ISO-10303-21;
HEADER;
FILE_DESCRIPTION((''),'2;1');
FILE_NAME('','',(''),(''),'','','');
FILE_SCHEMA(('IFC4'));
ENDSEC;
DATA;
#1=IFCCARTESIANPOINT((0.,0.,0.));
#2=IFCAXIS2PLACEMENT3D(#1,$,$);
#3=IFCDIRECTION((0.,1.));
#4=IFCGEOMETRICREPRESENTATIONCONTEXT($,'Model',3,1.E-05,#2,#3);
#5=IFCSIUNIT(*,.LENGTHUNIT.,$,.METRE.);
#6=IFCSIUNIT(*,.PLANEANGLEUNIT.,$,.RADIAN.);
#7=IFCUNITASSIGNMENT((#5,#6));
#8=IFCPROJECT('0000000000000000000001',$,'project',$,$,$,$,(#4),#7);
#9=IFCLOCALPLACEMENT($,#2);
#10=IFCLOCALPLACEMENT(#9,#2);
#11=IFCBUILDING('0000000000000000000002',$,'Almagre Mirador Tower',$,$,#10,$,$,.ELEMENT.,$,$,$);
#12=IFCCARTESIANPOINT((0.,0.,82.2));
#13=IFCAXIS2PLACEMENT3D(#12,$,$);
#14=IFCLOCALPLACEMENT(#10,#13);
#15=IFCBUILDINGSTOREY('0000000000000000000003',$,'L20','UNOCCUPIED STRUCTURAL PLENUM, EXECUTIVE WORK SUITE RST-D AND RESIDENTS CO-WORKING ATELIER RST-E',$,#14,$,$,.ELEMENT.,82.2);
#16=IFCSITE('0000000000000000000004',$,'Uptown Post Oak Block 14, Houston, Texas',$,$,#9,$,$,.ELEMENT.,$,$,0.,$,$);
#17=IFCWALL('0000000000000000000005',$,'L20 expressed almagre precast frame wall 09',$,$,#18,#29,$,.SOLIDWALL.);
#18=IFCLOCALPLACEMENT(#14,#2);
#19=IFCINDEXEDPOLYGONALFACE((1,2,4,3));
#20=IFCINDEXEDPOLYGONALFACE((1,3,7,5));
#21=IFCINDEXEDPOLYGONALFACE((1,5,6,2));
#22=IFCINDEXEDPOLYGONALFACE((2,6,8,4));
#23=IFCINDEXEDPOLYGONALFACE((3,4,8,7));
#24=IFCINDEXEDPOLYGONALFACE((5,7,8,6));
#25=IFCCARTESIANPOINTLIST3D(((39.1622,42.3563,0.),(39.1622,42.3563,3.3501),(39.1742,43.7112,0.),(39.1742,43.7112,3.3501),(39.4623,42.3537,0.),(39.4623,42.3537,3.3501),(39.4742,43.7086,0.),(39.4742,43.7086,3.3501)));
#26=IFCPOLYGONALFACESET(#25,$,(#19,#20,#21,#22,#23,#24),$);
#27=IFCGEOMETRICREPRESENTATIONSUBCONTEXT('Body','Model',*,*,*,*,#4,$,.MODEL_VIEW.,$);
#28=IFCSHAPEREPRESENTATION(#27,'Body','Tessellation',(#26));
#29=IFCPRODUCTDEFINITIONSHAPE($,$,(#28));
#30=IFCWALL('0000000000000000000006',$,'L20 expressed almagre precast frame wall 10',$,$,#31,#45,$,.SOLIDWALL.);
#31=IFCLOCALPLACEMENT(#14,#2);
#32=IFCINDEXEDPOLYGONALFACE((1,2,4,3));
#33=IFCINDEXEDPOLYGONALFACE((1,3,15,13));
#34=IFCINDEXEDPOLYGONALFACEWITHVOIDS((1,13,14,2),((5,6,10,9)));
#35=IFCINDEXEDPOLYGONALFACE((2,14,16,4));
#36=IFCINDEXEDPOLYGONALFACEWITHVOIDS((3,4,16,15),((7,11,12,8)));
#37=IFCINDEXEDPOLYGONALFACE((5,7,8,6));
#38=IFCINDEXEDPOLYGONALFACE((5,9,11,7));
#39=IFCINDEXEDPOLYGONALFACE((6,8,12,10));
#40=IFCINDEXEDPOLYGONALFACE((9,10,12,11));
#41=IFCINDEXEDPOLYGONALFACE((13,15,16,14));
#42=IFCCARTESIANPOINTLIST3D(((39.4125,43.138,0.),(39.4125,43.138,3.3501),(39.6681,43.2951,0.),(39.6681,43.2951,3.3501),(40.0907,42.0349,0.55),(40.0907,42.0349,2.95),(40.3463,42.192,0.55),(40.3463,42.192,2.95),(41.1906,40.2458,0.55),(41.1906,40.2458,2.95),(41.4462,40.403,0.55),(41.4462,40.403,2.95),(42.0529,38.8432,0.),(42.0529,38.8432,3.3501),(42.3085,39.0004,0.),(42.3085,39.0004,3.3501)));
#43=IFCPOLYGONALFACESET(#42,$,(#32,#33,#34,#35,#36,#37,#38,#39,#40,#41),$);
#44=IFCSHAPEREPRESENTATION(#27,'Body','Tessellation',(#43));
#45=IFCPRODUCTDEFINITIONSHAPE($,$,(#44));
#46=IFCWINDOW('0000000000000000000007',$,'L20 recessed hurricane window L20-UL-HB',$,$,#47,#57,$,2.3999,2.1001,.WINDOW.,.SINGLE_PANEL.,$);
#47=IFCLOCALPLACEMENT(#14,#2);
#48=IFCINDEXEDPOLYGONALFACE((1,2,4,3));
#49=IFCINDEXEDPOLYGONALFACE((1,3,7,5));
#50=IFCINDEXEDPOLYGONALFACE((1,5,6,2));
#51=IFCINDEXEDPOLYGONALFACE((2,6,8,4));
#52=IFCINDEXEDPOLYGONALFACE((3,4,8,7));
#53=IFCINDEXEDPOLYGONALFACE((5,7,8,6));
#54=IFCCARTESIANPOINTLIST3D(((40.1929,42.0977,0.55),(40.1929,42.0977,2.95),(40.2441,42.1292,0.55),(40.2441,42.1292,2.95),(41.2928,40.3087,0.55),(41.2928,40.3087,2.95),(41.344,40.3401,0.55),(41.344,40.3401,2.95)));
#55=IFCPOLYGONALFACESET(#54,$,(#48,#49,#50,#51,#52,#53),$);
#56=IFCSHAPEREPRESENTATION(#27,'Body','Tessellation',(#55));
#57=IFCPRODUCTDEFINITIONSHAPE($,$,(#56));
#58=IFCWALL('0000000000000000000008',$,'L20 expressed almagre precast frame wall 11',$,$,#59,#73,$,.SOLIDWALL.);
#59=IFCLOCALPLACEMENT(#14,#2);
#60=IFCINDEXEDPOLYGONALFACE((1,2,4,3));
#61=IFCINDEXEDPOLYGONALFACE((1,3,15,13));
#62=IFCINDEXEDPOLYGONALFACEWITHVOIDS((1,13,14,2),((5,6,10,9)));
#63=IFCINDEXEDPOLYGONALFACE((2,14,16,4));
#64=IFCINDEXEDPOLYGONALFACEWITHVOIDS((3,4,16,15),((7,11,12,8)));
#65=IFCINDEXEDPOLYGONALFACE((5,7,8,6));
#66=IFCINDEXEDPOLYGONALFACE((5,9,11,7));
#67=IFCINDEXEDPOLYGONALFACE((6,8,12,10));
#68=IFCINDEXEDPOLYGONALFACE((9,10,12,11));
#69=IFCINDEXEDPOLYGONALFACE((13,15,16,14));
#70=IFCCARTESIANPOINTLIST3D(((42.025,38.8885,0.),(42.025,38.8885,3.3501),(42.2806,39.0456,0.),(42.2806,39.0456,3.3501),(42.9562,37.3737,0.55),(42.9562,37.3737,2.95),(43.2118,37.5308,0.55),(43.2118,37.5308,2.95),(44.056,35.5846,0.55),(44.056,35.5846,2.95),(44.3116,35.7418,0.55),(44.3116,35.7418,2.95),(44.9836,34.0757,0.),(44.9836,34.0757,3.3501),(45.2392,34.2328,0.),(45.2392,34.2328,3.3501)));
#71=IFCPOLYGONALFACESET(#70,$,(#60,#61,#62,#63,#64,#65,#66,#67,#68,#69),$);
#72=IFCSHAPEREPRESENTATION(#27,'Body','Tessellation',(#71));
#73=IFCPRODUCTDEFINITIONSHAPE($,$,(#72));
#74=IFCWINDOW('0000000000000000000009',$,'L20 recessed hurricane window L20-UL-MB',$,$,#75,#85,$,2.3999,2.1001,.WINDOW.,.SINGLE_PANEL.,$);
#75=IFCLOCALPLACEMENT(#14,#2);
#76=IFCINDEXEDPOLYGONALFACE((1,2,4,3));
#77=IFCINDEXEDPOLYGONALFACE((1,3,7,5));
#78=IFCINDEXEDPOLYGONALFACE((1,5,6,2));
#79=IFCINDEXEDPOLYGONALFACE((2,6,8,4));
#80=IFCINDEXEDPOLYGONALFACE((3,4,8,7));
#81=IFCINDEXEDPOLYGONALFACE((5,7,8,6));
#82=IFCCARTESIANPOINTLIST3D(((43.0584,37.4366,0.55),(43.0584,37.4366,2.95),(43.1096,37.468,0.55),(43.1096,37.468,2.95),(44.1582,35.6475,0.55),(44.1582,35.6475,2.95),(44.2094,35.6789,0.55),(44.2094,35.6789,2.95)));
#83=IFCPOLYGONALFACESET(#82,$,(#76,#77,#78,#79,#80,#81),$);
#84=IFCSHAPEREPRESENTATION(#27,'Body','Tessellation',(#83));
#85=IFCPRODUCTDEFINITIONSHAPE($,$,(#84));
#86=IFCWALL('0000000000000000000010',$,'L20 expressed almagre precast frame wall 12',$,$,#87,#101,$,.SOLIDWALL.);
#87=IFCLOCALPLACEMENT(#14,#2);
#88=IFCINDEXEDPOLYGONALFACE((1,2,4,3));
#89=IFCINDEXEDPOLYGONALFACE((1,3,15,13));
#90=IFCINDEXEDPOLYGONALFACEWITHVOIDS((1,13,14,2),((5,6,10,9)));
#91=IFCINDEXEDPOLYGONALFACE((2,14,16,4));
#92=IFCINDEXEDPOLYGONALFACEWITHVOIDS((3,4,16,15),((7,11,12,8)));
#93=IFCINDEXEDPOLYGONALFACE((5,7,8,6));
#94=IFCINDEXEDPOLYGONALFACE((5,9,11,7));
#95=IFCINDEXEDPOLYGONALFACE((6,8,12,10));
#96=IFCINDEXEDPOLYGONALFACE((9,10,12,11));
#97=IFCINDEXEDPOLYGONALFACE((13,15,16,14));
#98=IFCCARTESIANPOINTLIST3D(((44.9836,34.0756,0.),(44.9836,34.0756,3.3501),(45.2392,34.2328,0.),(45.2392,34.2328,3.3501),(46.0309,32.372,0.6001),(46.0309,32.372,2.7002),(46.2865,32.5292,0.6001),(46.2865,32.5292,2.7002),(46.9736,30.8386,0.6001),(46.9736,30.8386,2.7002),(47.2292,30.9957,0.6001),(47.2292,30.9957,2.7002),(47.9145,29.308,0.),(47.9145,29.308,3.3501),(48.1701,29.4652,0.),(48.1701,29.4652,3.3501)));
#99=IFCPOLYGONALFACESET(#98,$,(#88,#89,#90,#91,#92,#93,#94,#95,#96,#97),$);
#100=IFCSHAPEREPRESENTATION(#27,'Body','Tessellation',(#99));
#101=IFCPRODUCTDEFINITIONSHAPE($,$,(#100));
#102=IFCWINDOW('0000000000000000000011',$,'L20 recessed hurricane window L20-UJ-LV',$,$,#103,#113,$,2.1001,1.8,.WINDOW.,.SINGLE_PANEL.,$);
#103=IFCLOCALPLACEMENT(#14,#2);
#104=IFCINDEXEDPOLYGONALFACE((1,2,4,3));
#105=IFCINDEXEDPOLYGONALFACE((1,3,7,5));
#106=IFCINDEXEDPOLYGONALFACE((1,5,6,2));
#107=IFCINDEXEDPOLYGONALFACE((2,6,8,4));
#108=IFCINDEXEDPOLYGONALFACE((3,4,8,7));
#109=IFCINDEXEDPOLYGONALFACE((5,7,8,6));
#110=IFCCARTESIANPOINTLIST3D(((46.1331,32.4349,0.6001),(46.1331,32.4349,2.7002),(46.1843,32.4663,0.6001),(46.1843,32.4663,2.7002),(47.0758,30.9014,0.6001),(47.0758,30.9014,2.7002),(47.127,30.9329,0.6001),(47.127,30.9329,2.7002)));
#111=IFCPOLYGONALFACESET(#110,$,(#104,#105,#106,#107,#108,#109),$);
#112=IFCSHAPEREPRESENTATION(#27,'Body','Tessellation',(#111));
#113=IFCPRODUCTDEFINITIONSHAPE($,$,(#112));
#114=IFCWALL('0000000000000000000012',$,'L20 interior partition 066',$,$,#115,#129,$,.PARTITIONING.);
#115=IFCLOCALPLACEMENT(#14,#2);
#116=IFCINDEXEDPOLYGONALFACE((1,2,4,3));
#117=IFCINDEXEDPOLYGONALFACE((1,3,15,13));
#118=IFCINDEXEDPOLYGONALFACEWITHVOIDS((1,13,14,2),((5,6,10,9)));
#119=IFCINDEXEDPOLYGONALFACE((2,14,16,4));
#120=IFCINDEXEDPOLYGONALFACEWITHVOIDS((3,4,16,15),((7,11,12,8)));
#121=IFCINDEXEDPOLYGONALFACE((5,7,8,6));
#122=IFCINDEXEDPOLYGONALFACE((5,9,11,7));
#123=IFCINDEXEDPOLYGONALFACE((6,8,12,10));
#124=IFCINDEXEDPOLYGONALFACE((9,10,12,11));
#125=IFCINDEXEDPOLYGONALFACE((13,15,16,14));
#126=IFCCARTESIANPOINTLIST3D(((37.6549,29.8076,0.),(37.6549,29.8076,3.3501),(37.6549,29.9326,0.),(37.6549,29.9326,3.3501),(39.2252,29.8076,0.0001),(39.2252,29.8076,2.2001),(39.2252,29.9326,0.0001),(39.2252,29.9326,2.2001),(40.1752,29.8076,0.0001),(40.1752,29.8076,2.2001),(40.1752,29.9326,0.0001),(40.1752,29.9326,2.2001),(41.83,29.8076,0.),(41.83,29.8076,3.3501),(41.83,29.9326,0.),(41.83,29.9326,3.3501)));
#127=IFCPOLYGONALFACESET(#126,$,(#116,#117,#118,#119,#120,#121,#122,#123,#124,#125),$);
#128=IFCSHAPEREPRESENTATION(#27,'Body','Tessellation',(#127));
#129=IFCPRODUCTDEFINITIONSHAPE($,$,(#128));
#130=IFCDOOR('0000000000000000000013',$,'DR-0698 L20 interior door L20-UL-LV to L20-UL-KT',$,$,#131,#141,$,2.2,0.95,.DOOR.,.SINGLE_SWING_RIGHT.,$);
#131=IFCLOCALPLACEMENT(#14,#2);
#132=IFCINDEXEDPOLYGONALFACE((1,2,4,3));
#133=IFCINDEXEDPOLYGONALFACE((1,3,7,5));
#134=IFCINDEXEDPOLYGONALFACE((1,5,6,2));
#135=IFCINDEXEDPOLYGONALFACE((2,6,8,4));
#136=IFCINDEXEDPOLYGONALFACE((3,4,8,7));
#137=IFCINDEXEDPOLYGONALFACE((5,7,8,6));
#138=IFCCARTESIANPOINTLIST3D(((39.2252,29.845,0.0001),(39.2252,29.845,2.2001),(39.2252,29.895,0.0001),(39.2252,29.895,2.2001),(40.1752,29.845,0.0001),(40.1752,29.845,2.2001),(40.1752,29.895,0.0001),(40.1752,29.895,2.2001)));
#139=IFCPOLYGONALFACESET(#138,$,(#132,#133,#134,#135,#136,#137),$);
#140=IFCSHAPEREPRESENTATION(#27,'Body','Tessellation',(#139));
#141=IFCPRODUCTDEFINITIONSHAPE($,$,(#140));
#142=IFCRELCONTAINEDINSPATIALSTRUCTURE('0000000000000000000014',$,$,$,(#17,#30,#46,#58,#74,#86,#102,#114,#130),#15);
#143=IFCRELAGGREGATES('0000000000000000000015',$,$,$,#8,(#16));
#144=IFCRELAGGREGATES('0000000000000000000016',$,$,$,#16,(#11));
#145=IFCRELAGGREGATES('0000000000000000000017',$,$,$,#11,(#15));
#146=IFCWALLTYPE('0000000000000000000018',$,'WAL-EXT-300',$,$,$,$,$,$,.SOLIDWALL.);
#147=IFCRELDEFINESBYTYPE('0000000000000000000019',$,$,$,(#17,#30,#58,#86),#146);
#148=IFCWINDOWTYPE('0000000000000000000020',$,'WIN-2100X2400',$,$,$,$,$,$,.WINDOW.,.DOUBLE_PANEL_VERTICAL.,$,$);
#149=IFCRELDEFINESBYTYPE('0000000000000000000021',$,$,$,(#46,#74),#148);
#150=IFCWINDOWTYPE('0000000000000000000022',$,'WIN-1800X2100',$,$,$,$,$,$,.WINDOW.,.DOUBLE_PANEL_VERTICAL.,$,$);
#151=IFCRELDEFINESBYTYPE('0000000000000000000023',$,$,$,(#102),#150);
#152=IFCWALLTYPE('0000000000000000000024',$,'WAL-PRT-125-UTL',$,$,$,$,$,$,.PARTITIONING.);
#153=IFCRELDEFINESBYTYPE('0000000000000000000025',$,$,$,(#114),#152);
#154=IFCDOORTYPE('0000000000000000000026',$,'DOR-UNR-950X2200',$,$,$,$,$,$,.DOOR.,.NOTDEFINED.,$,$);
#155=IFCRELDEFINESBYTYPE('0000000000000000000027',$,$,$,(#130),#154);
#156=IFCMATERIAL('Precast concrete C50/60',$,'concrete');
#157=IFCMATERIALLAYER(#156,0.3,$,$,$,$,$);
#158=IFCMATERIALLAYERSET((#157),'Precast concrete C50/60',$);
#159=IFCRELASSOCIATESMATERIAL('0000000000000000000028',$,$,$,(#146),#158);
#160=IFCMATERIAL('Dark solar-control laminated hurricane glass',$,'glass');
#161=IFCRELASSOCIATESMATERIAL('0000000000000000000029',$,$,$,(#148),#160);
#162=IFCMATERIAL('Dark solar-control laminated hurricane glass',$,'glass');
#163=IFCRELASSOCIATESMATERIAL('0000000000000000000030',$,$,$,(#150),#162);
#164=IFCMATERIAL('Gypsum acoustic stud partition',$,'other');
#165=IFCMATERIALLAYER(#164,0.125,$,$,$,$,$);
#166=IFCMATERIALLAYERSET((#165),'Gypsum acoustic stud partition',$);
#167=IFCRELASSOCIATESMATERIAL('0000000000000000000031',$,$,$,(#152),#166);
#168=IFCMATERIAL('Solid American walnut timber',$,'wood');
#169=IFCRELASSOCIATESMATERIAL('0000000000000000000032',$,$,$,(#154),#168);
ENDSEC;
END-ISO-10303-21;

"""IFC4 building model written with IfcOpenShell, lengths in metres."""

from ifc_helpers import new_model, si_unit, direction, frame, frame_2d, origin, place, context, subcontext, project, spatial, rectangle, extrude, material, layer, layer_set, type_object, element, fill, save


model = new_model("IFC4")

# Units and contexts
model_context = context("Model", 3, precision=1e-05, world=origin(), true_north=direction((0.0, 1.0)))
body_context = subcontext(model_context, "Body", "Model", "MODEL_VIEW")
ifc_project = project(units=[si_unit("LENGTHUNIT", "METRE"), si_unit("PLANEANGLEUNIT", "RADIAN")], contexts=[model_context])

# Site, building, storey
site_placement = place(None, origin())
site = spatial("IfcSite", under=ifc_project, at=site_placement, Name="Uptown Post Oak Block 14, Houston, Texas", CompositionType="ELEMENT", RefElevation=0.0)
building_placement = place(site_placement, origin())
building = spatial("IfcBuilding", under=site, at=building_placement, Name="Almagre Mirador Tower", CompositionType="ELEMENT")
storey_placement = place(building_placement, frame((0.0, 0.0, 82.2)))
storey = spatial("IfcBuildingStorey", under=building, at=storey_placement, Name="L20", Description="UNOCCUPIED STRUCTURAL PLENUM, EXECUTIVE WORK SUITE RST-D AND RESIDENTS CO-WORKING ATELIER RST-E", CompositionType="ELEMENT", Elevation=82.2)

# Wall
ifc_material_1 = material(Name="Precast concrete C50/60", Category="concrete")
ifc_layer_1 = layer(ifc_material_1, 0.3)
ifc_layer_set_1 = layer_set([ifc_layer_1], Name="Precast concrete C50/60")
wall_type_1 = type_object("IfcWallType", Name="WAL-EXT-300", PredefinedType="SOLIDWALL", material=ifc_layer_set_1)
wall_1_placement = place(storey_placement, frame((39.3123, 42.355, 0.0), z_axis=(0.0, 0.0, 1.0), x_axis=(0.008828, 0.999961, 0.0)))
element("IfcWall", 1, at=wall_1_placement, inside=storey, type_object=wall_type_1, Name="L20 expressed almagre precast frame wall 09", PredefinedType="SOLIDWALL", context=body_context, shape_type="SweptSolid", body=[
    extrude(rectangle(XDim=1.355, YDim=0.3, at=frame_2d((0.6775, 0.0))), origin(), (0.0, 0.0, 1.0), 3.3501),
])

# Walls, openings, windows
wall_2_placement = place(storey_placement, frame((39.5403, 43.2166, 0.0), z_axis=(0.0, 0.0, 1.0), x_axis=(0.523738, -0.851879, 0.0)))
wall_2 = element("IfcWall", 2, at=wall_2_placement, inside=storey, type_object=wall_type_1, Name="L20 expressed almagre precast frame wall 10", PredefinedType="SOLIDWALL", context=body_context, shape_type="SweptSolid", body=[
    extrude(rectangle(XDim=5.0415, YDim=0.3, at=frame_2d((2.5208, 0.0))), origin(), (0.0, 0.0, 1.0), 3.3501),
])
opening_1_placement = place(wall_2_placement, frame((1.2949, 0.0, 0.55)))
opening_1 = element("IfcOpeningElement", 3, at=opening_1_placement, cuts=wall_2, PredefinedType="OPENING", context=body_context, shape_type="SweptSolid", body=[
    extrude(rectangle(XDim=2.1001, YDim=2.3999, at=frame_2d((1.05, 1.2))), frame((0.0, 0.1599, 0.0), z_axis=(0.0, -1.0, 0.0), x_axis=(1.0, 0.0, 0.0)), (0.0, 0.0, 1.0), 0.32),
])
ifc_material_2 = material(Name="Dark solar-control laminated hurricane glass", Category="glass")
window_type_1 = type_object("IfcWindowType", Name="WIN-2100X2400", PartitioningType="DOUBLE_PANEL_VERTICAL", PredefinedType="WINDOW", material=ifc_material_2)
window_1_placement = place(opening_1_placement, origin())
window_1 = element("IfcWindow", 4, at=window_1_placement, inside=storey, type_object=window_type_1, Name="L20 recessed hurricane window L20-UL-HB", OverallHeight=2.3999, OverallWidth=2.1001, PartitioningType="SINGLE_PANEL", PredefinedType="WINDOW", context=body_context, shape_type="SweptSolid", body=[
    extrude(rectangle(XDim=2.1001, YDim=2.3999, at=frame_2d((1.05, 1.2))), frame((0.0, 0.03, 0.0), z_axis=(0.0, -1.0, 0.0), x_axis=(1.0, 0.0, 0.0)), (0.0, 0.0, 1.0), 0.0601),
])
fill(opening_1, window_1)
wall_3_placement = place(storey_placement, frame((42.1528, 38.967, 0.0), z_axis=(0.0, 0.0, 1.0), x_axis=(0.523687, -0.85191, 0.0)))
wall_3 = element("IfcWall", 5, at=wall_3_placement, inside=storey, type_object=wall_type_1, Name="L20 expressed almagre precast frame wall 11", PredefinedType="SOLIDWALL", context=body_context, shape_type="SweptSolid", body=[
    extrude(rectangle(XDim=5.6494, YDim=0.3, at=frame_2d((2.8247, 0.0))), origin(), (0.0, 0.0, 1.0), 3.3501),
])
opening_2_placement = place(wall_3_placement, frame((1.7781, 0.0, 0.55)))
opening_2 = element("IfcOpeningElement", 6, at=opening_2_placement, cuts=wall_3, PredefinedType="OPENING", context=body_context, shape_type="SweptSolid", body=[
    extrude(rectangle(XDim=2.1001, YDim=2.3999, at=frame_2d((1.05, 1.2))), frame((0.0, 0.1599, 0.0), z_axis=(0.0, -1.0, 0.0), x_axis=(1.0, 0.0, 0.0)), (0.0, 0.0, 1.0), 0.32),
])
window_2_placement = place(opening_2_placement, origin())
window_2 = element("IfcWindow", 7, at=window_2_placement, inside=storey, type_object=window_type_1, Name="L20 recessed hurricane window L20-UL-MB", OverallHeight=2.3999, OverallWidth=2.1001, PartitioningType="SINGLE_PANEL", PredefinedType="WINDOW", context=body_context, shape_type="SweptSolid", body=[
    extrude(rectangle(XDim=2.1001, YDim=2.3999, at=frame_2d((1.05, 1.2))), frame((0.0, 0.03, 0.0), z_axis=(0.0, -1.0, 0.0), x_axis=(1.0, 0.0, 0.0)), (0.0, 0.0, 1.0), 0.0601),
])
fill(opening_2, window_2)
wall_4_placement = place(storey_placement, frame((45.1113, 34.1543, 0.0), z_axis=(0.0, 0.0, 1.0), x_axis=(0.52371, -0.851896, 0.0)))
wall_4 = element("IfcWall", 8, at=wall_4_placement, inside=storey, type_object=wall_type_1, Name="L20 expressed almagre precast frame wall 12", PredefinedType="SOLIDWALL", context=body_context, shape_type="SweptSolid", body=[
    extrude(rectangle(XDim=5.5964, YDim=0.3, at=frame_2d((2.7983, 0.0))), origin(), (0.0, 0.0, 1.0), 3.3501),
])
opening_3_placement = place(wall_4_placement, frame((2.0, 0.0, 0.6001)))
opening_3 = element("IfcOpeningElement", 9, at=opening_3_placement, cuts=wall_4, PredefinedType="OPENING", context=body_context, shape_type="SweptSolid", body=[
    extrude(rectangle(XDim=1.8, YDim=2.1001, at=frame_2d((0.8999, 1.05))), frame((0.0, 0.1599, 0.0), z_axis=(0.0, -1.0, 0.0), x_axis=(1.0, 0.0, 0.0)), (0.0, 0.0, 1.0), 0.32),
])
ifc_material_3 = material(Name="Dark solar-control laminated hurricane glass", Category="glass")
window_type_2 = type_object("IfcWindowType", Name="WIN-1800X2100", PartitioningType="DOUBLE_PANEL_VERTICAL", PredefinedType="WINDOW", material=ifc_material_3)
window_3_placement = place(opening_3_placement, origin())
window_3 = element("IfcWindow", 10, at=window_3_placement, inside=storey, type_object=window_type_2, Name="L20 recessed hurricane window L20-UJ-LV", OverallHeight=2.1001, OverallWidth=1.8, PartitioningType="SINGLE_PANEL", PredefinedType="WINDOW", context=body_context, shape_type="SweptSolid", body=[
    extrude(rectangle(XDim=1.8, YDim=2.1001, at=frame_2d((0.8999, 1.05))), frame((0.0, 0.03, 0.0), z_axis=(0.0, -1.0, 0.0), x_axis=(1.0, 0.0, 0.0)), (0.0, 0.0, 1.0), 0.0601),
])
fill(opening_3, window_3)

# Wall, opening, door
ifc_material_4 = material(Name="Gypsum acoustic stud partition", Category="other")
ifc_layer_2 = layer(ifc_material_4, 0.125)
ifc_layer_set_2 = layer_set([ifc_layer_2], Name="Gypsum acoustic stud partition")
wall_type_2 = type_object("IfcWallType", Name="WAL-PRT-125-UTL", PredefinedType="PARTITIONING", material=ifc_layer_set_2)
wall_5_placement = place(storey_placement, frame((37.655, 29.8701, 0.0), z_axis=(0.0, 0.0, 1.0), x_axis=(1.0, 0.0, 0.0)))
wall_5 = element("IfcWall", 11, at=wall_5_placement, inside=storey, type_object=wall_type_2, Name="L20 interior partition 066", PredefinedType="PARTITIONING", context=body_context, shape_type="SweptSolid", body=[
    extrude(rectangle(XDim=4.175, YDim=0.125, at=frame_2d((2.0874, 0.0))), origin(), (0.0, 0.0, 1.0), 3.3501),
])
opening_4_placement = place(wall_5_placement, frame((1.5701, 0.0, 0.0)))
opening_4 = element("IfcOpeningElement", 12, at=opening_4_placement, cuts=wall_5, PredefinedType="OPENING", context=body_context, shape_type="SweptSolid", body=[
    extrude(rectangle(XDim=0.95, YDim=2.2, at=frame_2d((0.4751, 1.1001))), frame((0.0, 0.0725, 0.0), z_axis=(0.0, -1.0, 0.0), x_axis=(1.0, 0.0, 0.0)), (0.0, 0.0, 1.0), 0.145),
])
ifc_material_5 = material(Name="Solid American walnut timber", Category="wood")
door_type_1 = type_object("IfcDoorType", Name="DOR-UNR-950X2200", OperationType="NOTDEFINED", PredefinedType="DOOR", material=ifc_material_5)
door_1_placement = place(opening_4_placement, origin())
door_1 = element("IfcDoor", 13, at=door_1_placement, inside=storey, type_object=door_type_1, Name="DR-0698 L20 interior door L20-UL-LV to L20-UL-KT", OperationType="SINGLE_SWING_RIGHT", OverallHeight=2.2, OverallWidth=0.95, PredefinedType="DOOR", context=body_context, shape_type="SweptSolid", body=[
    extrude(rectangle(XDim=0.95, YDim=2.2, at=frame_2d((0.4751, 1.1001))), frame((0.0, 0.0249, 0.0), z_axis=(0.0, -1.0, 0.0), x_axis=(1.0, 0.0, 0.0)), (0.0, 0.0, 1.0), 0.05),
])
fill(opening_4, door_1)

save(model, "model.ifc")
